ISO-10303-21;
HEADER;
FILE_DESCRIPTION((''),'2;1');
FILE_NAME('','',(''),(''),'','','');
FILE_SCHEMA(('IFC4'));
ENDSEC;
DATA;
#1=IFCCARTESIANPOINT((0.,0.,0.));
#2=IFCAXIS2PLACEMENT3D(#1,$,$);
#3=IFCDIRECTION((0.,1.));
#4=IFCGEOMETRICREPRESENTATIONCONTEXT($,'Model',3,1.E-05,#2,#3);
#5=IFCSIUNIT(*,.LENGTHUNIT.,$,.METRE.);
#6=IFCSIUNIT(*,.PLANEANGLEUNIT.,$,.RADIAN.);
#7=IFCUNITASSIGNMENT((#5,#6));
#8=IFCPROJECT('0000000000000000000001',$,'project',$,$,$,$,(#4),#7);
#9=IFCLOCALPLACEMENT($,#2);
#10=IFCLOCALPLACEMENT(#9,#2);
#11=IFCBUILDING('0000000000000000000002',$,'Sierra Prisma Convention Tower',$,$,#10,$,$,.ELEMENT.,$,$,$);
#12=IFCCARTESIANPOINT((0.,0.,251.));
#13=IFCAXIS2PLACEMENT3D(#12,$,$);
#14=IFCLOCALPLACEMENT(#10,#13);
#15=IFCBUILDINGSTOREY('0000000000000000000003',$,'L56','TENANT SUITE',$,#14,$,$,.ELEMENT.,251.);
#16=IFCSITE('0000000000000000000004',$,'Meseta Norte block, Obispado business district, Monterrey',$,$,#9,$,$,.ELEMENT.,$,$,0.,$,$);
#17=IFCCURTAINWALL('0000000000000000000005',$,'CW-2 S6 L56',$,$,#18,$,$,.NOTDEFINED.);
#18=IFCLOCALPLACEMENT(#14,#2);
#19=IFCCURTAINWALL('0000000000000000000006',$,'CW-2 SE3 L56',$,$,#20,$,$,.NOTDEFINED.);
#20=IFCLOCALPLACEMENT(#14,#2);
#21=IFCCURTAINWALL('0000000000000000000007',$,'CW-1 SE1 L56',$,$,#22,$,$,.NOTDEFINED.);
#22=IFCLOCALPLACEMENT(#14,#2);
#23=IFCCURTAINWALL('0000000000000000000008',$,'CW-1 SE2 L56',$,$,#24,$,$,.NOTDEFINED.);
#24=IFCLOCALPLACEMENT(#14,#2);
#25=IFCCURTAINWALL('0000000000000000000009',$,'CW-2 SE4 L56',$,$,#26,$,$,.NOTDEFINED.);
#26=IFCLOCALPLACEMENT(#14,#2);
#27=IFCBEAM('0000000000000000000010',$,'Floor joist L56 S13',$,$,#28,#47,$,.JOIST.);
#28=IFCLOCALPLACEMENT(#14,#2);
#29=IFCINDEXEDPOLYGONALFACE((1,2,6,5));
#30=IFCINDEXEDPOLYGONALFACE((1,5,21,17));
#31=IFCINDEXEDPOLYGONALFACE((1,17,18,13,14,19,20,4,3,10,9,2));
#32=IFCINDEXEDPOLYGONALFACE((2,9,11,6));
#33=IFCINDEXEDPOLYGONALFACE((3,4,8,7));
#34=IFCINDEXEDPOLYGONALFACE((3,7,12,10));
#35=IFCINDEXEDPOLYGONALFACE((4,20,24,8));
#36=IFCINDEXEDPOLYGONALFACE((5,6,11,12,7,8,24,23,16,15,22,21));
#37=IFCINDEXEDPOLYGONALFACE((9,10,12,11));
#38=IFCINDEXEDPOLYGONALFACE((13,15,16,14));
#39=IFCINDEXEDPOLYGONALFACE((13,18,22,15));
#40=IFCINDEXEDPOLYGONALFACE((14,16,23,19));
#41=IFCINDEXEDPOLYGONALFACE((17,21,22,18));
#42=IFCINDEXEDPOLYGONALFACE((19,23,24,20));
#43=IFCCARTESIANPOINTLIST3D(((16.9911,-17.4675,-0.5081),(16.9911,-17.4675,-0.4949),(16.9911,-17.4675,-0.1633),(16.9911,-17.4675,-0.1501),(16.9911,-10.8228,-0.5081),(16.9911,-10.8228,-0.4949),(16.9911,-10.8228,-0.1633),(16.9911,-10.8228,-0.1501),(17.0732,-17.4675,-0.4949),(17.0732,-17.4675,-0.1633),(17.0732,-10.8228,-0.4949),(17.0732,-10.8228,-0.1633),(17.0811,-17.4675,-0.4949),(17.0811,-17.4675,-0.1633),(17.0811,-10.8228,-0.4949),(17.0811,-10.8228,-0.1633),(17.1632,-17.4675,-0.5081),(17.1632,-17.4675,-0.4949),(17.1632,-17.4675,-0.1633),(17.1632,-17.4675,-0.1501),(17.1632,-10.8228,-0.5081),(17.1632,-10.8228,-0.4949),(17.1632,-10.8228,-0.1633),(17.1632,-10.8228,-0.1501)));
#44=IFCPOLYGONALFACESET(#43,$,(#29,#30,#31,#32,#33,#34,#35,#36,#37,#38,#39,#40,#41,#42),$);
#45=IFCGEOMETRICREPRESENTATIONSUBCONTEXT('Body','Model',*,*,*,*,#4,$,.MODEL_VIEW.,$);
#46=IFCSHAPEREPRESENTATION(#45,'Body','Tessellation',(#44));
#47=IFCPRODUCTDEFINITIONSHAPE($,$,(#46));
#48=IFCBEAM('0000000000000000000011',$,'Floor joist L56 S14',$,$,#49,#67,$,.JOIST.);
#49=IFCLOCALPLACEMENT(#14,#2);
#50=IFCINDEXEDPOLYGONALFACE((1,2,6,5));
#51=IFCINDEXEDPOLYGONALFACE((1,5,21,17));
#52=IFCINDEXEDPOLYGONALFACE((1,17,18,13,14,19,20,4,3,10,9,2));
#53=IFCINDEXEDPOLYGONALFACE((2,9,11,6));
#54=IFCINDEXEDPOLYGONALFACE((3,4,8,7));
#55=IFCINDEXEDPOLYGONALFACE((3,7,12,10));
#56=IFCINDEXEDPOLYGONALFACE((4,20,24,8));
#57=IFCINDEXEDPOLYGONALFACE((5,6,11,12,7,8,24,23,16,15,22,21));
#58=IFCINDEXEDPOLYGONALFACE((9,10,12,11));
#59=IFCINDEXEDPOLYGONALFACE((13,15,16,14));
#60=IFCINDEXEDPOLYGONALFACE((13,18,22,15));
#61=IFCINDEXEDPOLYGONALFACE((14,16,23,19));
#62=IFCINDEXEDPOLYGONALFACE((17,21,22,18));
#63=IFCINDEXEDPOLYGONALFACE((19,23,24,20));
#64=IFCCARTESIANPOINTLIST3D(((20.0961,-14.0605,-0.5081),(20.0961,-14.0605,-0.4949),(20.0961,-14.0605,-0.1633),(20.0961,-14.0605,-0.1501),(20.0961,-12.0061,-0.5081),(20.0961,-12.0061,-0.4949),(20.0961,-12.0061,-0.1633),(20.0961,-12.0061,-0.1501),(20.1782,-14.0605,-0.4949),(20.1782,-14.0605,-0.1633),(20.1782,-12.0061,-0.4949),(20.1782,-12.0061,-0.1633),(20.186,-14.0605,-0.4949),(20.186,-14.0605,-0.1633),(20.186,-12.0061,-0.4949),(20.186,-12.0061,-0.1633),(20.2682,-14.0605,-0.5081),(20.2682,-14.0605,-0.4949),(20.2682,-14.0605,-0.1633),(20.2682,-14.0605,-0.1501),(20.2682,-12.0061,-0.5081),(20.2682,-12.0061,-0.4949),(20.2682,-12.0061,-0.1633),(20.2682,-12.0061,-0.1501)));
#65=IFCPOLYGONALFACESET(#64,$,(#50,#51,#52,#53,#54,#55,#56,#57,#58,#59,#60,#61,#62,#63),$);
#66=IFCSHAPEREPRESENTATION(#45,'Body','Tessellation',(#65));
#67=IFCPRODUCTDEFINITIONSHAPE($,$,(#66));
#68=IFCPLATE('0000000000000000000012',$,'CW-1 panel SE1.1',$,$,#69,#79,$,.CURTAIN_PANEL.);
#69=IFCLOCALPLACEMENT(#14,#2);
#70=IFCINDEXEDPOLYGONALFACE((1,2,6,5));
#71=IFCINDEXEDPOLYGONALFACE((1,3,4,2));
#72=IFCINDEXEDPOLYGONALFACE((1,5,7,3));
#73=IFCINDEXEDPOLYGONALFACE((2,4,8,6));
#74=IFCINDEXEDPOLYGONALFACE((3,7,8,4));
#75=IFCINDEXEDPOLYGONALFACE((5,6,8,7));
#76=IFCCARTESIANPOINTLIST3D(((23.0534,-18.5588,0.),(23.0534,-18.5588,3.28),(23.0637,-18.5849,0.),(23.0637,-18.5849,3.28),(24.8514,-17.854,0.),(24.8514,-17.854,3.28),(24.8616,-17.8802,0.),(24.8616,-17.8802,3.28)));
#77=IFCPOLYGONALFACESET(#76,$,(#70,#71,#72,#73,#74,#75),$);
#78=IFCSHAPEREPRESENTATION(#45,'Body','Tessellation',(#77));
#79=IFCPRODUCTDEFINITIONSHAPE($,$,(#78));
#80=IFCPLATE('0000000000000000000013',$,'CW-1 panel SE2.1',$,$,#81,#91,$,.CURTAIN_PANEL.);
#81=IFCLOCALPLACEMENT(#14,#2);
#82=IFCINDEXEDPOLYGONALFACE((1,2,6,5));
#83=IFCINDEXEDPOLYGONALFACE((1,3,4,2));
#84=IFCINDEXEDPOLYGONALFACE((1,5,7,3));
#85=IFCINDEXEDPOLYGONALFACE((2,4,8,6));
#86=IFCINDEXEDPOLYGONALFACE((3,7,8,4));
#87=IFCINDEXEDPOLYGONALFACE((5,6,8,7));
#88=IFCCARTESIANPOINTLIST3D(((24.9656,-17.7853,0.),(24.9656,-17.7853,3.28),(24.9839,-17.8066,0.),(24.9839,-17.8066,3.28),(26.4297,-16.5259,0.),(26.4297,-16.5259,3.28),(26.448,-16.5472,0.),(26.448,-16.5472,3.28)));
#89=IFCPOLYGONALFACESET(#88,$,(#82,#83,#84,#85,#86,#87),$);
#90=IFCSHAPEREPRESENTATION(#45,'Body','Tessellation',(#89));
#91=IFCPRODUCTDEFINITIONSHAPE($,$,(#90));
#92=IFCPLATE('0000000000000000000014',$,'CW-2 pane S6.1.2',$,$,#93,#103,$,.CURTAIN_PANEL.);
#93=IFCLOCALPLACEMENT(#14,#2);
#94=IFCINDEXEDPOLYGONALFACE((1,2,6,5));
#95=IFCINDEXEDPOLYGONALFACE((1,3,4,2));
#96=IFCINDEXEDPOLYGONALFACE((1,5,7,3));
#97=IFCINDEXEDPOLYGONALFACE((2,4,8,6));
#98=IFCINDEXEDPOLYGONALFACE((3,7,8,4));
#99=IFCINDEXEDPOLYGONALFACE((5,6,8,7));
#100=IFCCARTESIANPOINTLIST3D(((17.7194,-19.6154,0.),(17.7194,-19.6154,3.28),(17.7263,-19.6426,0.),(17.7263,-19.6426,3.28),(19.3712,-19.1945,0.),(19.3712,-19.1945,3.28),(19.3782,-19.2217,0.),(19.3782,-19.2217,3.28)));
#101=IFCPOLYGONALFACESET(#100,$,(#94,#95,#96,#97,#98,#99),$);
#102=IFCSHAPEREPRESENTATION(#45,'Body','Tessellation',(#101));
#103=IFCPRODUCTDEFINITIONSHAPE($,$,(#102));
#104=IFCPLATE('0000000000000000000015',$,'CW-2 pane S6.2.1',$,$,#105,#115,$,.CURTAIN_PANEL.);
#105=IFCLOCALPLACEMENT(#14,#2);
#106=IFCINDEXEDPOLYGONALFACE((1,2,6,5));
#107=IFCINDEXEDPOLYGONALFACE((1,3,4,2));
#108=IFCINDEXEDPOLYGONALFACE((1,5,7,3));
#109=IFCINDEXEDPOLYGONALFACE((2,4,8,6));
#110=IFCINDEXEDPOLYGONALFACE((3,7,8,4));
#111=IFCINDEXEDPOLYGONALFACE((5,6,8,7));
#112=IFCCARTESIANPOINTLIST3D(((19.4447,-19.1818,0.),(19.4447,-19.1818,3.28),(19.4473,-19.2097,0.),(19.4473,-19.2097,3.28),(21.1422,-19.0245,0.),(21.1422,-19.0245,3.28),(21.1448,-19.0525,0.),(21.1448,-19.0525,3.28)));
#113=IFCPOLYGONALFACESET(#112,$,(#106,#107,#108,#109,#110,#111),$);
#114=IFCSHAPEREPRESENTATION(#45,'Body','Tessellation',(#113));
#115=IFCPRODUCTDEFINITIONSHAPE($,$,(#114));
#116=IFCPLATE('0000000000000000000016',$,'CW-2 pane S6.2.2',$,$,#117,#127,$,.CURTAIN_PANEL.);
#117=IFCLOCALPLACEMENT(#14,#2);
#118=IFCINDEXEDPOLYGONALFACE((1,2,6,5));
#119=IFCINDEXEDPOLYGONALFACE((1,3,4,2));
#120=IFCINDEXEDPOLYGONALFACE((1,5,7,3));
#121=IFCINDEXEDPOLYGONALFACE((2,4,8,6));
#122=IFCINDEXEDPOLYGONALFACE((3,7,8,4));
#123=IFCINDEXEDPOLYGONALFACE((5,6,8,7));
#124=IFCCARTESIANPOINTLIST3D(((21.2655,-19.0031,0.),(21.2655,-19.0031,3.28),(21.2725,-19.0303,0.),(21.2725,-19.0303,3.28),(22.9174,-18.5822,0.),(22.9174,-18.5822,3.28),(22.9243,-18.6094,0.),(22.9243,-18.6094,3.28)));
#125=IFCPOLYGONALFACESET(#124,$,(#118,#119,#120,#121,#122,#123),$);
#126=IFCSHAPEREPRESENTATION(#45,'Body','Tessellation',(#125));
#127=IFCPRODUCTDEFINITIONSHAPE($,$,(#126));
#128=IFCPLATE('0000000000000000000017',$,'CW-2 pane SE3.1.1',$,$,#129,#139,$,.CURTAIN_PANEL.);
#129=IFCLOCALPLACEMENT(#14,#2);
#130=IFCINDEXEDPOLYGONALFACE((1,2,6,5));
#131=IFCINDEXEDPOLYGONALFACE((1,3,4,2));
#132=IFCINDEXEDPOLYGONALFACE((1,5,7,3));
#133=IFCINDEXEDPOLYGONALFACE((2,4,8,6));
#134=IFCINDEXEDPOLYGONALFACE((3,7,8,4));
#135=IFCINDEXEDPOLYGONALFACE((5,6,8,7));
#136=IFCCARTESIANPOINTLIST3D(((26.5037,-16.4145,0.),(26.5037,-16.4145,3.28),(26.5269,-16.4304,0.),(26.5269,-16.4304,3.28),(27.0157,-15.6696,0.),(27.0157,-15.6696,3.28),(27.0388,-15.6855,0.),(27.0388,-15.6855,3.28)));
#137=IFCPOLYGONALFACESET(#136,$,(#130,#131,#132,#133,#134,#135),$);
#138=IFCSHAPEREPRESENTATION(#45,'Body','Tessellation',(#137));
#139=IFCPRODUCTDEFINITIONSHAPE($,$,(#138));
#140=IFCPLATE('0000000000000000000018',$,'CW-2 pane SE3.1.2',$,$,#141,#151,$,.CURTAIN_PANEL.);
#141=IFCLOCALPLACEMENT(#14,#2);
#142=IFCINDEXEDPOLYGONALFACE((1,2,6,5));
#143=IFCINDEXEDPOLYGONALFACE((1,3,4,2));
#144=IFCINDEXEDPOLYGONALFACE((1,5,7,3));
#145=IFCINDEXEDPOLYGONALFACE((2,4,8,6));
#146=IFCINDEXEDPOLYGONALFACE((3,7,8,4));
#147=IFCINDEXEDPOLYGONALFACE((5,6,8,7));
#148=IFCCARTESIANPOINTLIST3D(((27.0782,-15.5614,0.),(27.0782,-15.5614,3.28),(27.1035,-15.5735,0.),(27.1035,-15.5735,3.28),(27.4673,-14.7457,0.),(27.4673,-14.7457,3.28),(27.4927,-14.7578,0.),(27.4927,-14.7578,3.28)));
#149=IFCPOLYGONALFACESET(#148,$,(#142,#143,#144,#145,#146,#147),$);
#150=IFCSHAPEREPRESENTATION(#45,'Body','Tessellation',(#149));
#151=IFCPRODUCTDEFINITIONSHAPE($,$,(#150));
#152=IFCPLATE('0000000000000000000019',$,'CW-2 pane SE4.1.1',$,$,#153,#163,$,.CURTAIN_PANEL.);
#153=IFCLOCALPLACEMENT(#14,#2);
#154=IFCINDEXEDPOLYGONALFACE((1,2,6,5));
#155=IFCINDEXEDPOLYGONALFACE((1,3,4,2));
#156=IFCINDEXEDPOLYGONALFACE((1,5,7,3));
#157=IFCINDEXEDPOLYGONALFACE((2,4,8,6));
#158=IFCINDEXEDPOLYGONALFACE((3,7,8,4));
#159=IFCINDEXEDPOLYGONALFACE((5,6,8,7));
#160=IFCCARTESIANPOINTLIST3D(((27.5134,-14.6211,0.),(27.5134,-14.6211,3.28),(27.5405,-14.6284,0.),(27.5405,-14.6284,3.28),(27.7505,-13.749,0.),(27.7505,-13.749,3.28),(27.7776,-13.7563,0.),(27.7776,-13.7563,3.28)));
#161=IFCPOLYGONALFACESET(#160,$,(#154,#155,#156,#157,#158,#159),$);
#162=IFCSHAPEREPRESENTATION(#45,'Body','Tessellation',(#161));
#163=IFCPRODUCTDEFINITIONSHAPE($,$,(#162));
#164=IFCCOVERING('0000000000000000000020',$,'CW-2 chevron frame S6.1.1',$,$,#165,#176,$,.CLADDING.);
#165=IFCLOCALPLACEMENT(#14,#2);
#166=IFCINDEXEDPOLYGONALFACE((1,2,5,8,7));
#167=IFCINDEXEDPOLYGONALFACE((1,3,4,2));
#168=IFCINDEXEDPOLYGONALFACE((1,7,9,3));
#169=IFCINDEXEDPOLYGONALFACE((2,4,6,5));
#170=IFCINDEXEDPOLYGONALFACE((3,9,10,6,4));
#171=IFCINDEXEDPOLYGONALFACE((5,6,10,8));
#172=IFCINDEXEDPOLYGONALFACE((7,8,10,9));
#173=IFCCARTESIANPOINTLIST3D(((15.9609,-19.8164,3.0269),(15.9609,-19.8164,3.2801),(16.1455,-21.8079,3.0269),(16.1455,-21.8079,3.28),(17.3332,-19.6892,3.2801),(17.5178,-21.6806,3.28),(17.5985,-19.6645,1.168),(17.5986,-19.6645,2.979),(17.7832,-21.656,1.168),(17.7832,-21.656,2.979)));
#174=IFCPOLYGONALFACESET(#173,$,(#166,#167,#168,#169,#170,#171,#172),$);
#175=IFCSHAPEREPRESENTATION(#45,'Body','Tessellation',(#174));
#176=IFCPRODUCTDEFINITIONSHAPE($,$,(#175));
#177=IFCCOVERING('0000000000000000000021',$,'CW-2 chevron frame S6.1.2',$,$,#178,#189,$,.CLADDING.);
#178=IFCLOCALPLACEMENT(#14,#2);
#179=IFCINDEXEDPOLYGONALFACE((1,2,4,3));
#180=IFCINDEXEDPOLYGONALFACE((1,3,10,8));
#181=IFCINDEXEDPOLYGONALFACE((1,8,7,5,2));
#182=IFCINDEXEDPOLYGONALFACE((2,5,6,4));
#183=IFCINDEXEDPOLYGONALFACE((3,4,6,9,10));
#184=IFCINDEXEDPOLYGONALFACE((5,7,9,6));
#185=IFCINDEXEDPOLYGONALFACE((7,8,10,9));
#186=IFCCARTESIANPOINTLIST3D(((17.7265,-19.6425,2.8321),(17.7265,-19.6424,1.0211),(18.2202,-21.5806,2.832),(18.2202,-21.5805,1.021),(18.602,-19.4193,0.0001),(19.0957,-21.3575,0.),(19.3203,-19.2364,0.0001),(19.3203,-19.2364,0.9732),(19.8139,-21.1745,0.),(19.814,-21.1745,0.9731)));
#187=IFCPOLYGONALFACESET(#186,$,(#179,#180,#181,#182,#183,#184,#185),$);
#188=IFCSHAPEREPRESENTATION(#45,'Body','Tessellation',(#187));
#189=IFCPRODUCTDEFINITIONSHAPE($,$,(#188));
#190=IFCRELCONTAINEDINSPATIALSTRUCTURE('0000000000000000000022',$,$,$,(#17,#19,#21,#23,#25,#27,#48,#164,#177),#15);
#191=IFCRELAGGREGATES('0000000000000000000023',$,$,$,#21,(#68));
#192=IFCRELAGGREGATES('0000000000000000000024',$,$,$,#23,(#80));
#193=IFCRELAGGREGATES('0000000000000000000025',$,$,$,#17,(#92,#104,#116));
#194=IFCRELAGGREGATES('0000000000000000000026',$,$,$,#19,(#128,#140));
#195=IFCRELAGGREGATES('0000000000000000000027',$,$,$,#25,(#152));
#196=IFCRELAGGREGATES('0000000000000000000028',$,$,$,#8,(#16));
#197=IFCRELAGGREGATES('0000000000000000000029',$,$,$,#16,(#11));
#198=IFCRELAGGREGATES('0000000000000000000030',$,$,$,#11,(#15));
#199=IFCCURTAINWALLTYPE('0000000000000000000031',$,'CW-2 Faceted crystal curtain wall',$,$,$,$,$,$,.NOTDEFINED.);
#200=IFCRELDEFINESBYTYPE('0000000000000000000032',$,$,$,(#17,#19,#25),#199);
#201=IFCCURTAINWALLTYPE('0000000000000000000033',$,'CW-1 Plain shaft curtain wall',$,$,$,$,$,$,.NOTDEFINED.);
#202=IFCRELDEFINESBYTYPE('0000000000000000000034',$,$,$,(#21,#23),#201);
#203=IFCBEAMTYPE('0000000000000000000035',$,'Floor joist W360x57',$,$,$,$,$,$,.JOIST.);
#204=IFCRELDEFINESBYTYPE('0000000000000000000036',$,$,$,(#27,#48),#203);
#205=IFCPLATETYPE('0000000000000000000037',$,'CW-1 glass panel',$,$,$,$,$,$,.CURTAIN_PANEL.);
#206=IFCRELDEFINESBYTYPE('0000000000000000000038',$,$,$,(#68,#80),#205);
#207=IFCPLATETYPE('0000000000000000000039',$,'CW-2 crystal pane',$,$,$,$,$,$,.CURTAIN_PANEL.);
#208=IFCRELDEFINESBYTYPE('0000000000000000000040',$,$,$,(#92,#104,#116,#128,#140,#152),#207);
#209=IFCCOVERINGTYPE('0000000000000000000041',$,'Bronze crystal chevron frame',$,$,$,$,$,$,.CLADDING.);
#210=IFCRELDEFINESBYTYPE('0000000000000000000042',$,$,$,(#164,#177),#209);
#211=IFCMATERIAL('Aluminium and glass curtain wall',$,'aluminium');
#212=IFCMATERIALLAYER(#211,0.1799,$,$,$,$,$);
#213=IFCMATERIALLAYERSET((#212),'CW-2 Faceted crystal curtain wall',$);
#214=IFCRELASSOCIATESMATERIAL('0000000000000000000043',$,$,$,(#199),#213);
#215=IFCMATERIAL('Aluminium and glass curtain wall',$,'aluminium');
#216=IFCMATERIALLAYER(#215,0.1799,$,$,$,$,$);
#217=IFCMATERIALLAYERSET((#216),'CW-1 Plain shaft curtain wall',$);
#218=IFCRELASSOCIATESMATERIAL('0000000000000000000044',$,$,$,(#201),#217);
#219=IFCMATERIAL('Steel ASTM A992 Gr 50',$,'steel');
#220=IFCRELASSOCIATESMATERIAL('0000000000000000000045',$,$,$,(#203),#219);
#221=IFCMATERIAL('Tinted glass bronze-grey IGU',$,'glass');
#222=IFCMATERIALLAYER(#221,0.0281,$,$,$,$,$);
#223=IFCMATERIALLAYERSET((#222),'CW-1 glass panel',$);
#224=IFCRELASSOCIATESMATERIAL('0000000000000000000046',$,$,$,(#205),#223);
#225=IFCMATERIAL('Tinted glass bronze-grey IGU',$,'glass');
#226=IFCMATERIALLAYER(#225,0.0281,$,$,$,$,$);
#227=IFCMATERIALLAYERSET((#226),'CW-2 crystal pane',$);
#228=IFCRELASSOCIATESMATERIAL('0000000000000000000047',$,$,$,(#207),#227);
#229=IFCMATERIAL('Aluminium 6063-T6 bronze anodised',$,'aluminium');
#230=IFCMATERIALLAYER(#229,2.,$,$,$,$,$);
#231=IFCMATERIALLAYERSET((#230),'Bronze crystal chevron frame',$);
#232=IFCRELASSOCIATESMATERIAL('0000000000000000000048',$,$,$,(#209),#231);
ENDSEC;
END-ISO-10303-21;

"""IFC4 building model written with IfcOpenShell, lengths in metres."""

from ifc_helpers import new_model, si_unit, direction, frame, origin, origin_2d, place, context, subcontext, project, spatial, polyline, rectangle, i_section, outline, extrude, material, layer, layer_set, material_profile, profile_set, type_object, element, aggregate, save


model = new_model("IFC4")

# Units and contexts
model_context = context("Model", 3, precision=1e-05, world=origin(), true_north=direction((0.0, 1.0)))
body_context = subcontext(model_context, "Body", "Model", "MODEL_VIEW")
ifc_project = project(units=[si_unit("LENGTHUNIT", "METRE"), si_unit("PLANEANGLEUNIT", "RADIAN")], contexts=[model_context])

# Site, building, storey
site_placement = place(None, origin())
site = spatial("IfcSite", under=ifc_project, at=site_placement, Name="Meseta Norte block, Obispado business district, Monterrey", CompositionType="ELEMENT", RefElevation=0.0)
building_placement = place(site_placement, origin())
building = spatial("IfcBuilding", under=site, at=building_placement, Name="Sierra Prisma Convention Tower", CompositionType="ELEMENT")
storey_placement = place(building_placement, frame((0.0, 0.0, 251.0)))
storey = spatial("IfcBuildingStorey", under=building, at=storey_placement, Name="L56", Description="TENANT SUITE", CompositionType="ELEMENT", Elevation=251.0)

# Curtain wall
ifc_material_1 = material(Name="Aluminium and glass curtain wall", Category="aluminium")
ifc_layer_1 = layer(ifc_material_1, 0.1799)
ifc_layer_set_1 = layer_set([ifc_layer_1], Name="CW-2 Faceted crystal curtain wall")
curtain_wall_type_1 = type_object("IfcCurtainWallType", Name="CW-2 Faceted crystal curtain wall", PredefinedType="NOTDEFINED", material=ifc_layer_set_1)
curtain_wall_1_placement = place(storey_placement, origin())
curtain_wall_1 = element("IfcCurtainWall", 1, at=curtain_wall_1_placement, inside=storey, type_object=curtain_wall_type_1, Name="CW-2 S6 L56", PredefinedType="NOTDEFINED")

# Curtain wall
curtain_wall_2_placement = place(storey_placement, origin())
curtain_wall_2 = element("IfcCurtainWall", 2, at=curtain_wall_2_placement, inside=storey, type_object=curtain_wall_type_1, Name="CW-2 SE3 L56", PredefinedType="NOTDEFINED")

# Curtain walls
ifc_material_2 = material(Name="Aluminium and glass curtain wall", Category="aluminium")
ifc_layer_2 = layer(ifc_material_2, 0.1799)
ifc_layer_set_2 = layer_set([ifc_layer_2], Name="CW-1 Plain shaft curtain wall")
curtain_wall_type_2 = type_object("IfcCurtainWallType", Name="CW-1 Plain shaft curtain wall", PredefinedType="NOTDEFINED", material=ifc_layer_set_2)
curtain_wall_3_placement = place(storey_placement, origin())
curtain_wall_3 = element("IfcCurtainWall", 3, at=curtain_wall_3_placement, inside=storey, type_object=curtain_wall_type_2, Name="CW-1 SE1 L56", PredefinedType="NOTDEFINED")
curtain_wall_4_placement = place(storey_placement, origin())
curtain_wall_4 = element("IfcCurtainWall", 4, at=curtain_wall_4_placement, inside=storey, type_object=curtain_wall_type_2, Name="CW-1 SE2 L56", PredefinedType="NOTDEFINED")

# Curtain wall
curtain_wall_5_placement = place(storey_placement, origin())
curtain_wall_5 = element("IfcCurtainWall", 5, at=curtain_wall_5_placement, inside=storey, type_object=curtain_wall_type_1, Name="CW-2 SE4 L56", PredefinedType="NOTDEFINED")

# Beams
ifc_material_3 = material(Name="Steel ASTM A992 Gr 50", Category="steel")
ifc_material_profile_1 = material_profile(ifc_material_3, i_section(OverallWidth=0.1721, OverallDepth=0.3579, WebThickness=0.0078, FlangeThickness=0.0132, at=origin_2d()), Name="W360x57")
ifc_profile_set_1 = profile_set([ifc_material_profile_1], Name="Steel ASTM A992 Gr 50")
beam_type = type_object("IfcBeamType", Name="Floor joist W360x57", PredefinedType="JOIST", material=ifc_profile_set_1)
beam_1_placement = place(storey_placement, frame((17.0771, -17.4675, -0.3291), z_axis=(0.0, 1.0, 0.0), x_axis=(-1.0, 0.0, 0.0)))
element("IfcBeam", 6, at=beam_1_placement, inside=storey, type_object=beam_type, Name="Floor joist L56 S13", PredefinedType="JOIST", context=body_context, shape_type="SweptSolid", body=[
    extrude(i_section(OverallWidth=0.1721, OverallDepth=0.3579, WebThickness=0.0078, FlangeThickness=0.0132, at=origin_2d()), origin(), (0.0, 0.0, 1.0), 6.6448),
])
beam_2_placement = place(storey_placement, frame((20.1821, -14.0605, -0.3291), z_axis=(0.0, 1.0, 0.0), x_axis=(-1.0, 0.0, 0.0)))
element("IfcBeam", 7, at=beam_2_placement, inside=storey, type_object=beam_type, Name="Floor joist L56 S14", PredefinedType="JOIST", context=body_context, shape_type="SweptSolid", body=[
    extrude(i_section(OverallWidth=0.1721, OverallDepth=0.3579, WebThickness=0.0078, FlangeThickness=0.0132, at=origin_2d()), origin(), (0.0, 0.0, 1.0), 2.0544),
])

# Plates
ifc_material_4 = material(Name="Tinted glass bronze-grey IGU", Category="glass")
ifc_layer_3 = layer(ifc_material_4, 0.0281)
ifc_layer_set_3 = layer_set([ifc_layer_3], Name="CW-1 glass panel")
plate_type_1 = type_object("IfcPlateType", Name="CW-1 glass panel", PredefinedType="CURTAIN_PANEL", material=ifc_layer_set_3)
plate_1_placement = place(storey_placement, frame((23.9575, -18.2195, 0.0), z_axis=(0.0, 0.0, 1.0), x_axis=(0.931036, 0.364926, 0.0)))
plate_1 = element("IfcPlate", 8, at=plate_1_placement, type_object=plate_type_1, Name="CW-1 panel SE1.1", PredefinedType="CURTAIN_PANEL", context=body_context, shape_type="SweptSolid", body=[
    extrude(rectangle(XDim=1.9312, YDim=0.0281, at=origin_2d()), origin(), (0.0, 0.0, 1.0), 3.28),
])
aggregate(curtain_wall_3, [plate_1])
plate_2_placement = place(storey_placement, frame((25.7068, -17.1663, 0.0), z_axis=(0.0, 0.0, 1.0), x_axis=(0.758117, 0.652119, 0.0)))
plate_2 = element("IfcPlate", 9, at=plate_2_placement, type_object=plate_type_1, Name="CW-1 panel SE2.1", PredefinedType="CURTAIN_PANEL", context=body_context, shape_type="SweptSolid", body=[
    extrude(rectangle(XDim=1.9312, YDim=0.0281, at=origin_2d()), origin(), (0.0, 0.0, 1.0), 3.28),
])
aggregate(curtain_wall_4, [plate_2])
ifc_material_5 = material(Name="Tinted glass bronze-grey IGU", Category="glass")
ifc_layer_4 = layer(ifc_material_5, 0.0281)
ifc_layer_set_4 = layer_set([ifc_layer_4], Name="CW-2 crystal pane")
plate_type_2 = type_object("IfcPlateType", Name="CW-2 crystal pane", PredefinedType="CURTAIN_PANEL", material=ifc_layer_set_4)
plate_3_placement = place(storey_placement, frame((19.3782, -19.2217, 0.0), z_axis=(0.246914, -0.969037, 0.0), x_axis=(-0.969037, -0.246914, 0.0)))
plate_3 = element("IfcPlate", 10, at=plate_3_placement, type_object=plate_type_2, Name="CW-2 pane S6.1.2", PredefinedType="CURTAIN_PANEL", context=body_context, shape_type="SweptSolid", body=[
    extrude(outline(polyline([(0.0, 0.0), (1.7046, 0.0), (1.7046, -3.28), (0.0, -3.28), (0.0, 0.0)])), origin(), (0.0, 0.0, -1.0), 0.0281),
])
plate_4_placement = place(storey_placement, frame((19.4473, -19.2097, 0.0), z_axis=(0.092227, -0.995738, 0.0), x_axis=(0.995738, 0.092227, 0.0)))
plate_4 = element("IfcPlate", 11, at=plate_4_placement, type_object=plate_type_2, Name="CW-2 pane S6.2.1", PredefinedType="CURTAIN_PANEL", context=body_context, shape_type="SweptSolid", body=[
    extrude(outline(polyline([(0.0, 0.0), (1.7048, 0.0), (1.7048, 3.28), (0.0, 3.28), (0.0, 0.0)])), origin(), (0.0, 0.0, -1.0), 0.0281),
])
plate_5_placement = place(storey_placement, frame((22.9243, -18.6094, 0.0), z_axis=(0.246914, -0.969037, 0.0), x_axis=(-0.969037, -0.246914, 0.0)))
plate_5 = element("IfcPlate", 12, at=plate_5_placement, type_object=plate_type_2, Name="CW-2 pane S6.2.2", PredefinedType="CURTAIN_PANEL", context=body_context, shape_type="SweptSolid", body=[
    extrude(outline(polyline([(0.0, 0.0), (1.7046, 0.0), (1.7046, -3.28), (0.0, -3.28), (0.0, 0.0)])), origin(), (0.0, 0.0, -1.0), 0.0281),
])
aggregate(curtain_wall_1, [plate_3, plate_4, plate_5])
plate_6_placement = place(storey_placement, frame((26.5269, -16.4304, 0.0), z_axis=(0.824113, -0.566426, 0.0), x_axis=(0.566426, 0.824113, 0.0)))
plate_6 = element("IfcPlate", 13, at=plate_6_placement, type_object=plate_type_2, Name="CW-2 pane SE3.1.1", PredefinedType="CURTAIN_PANEL", context=body_context, shape_type="SweptSolid", body=[
    extrude(outline(polyline([(0.0, 0.0), (0.9038, 0.0), (0.9038, 3.28), (0.0, 3.28), (0.0, 0.0)])), origin(), (0.0, 0.0, -1.0), 0.0281),
])
plate_7_placement = place(storey_placement, frame((27.4927, -14.7578, 0.0), z_axis=(0.902541, -0.430605, 0.0), x_axis=(-0.430605, -0.902541, 0.0)))
plate_7 = element("IfcPlate", 14, at=plate_7_placement, type_object=plate_type_2, Name="CW-2 pane SE3.1.2", PredefinedType="CURTAIN_PANEL", context=body_context, shape_type="SweptSolid", body=[
    extrude(outline(polyline([(0.0, 0.0), (0.9038, 0.0), (0.9038, -3.28), (0.0, -3.28), (0.0, 0.0)])), origin(), (0.0, 0.0, -1.0), 0.0281),
])
aggregate(curtain_wall_2, [plate_6, plate_7])
plate_8_placement = place(storey_placement, frame((27.5405, -14.6284, 0.0), z_axis=(0.964982, -0.262317, 0.0), x_axis=(0.262317, 0.964982, 0.0)))
plate_8 = element("IfcPlate", 15, at=plate_8_placement, type_object=plate_type_2, Name="CW-2 pane SE4.1.1", PredefinedType="CURTAIN_PANEL", context=body_context, shape_type="SweptSolid", body=[
    extrude(outline(polyline([(0.0, 0.0), (0.9037, 0.0), (0.9037, 3.28), (0.0, 3.28), (0.0, 0.0)])), origin(), (0.0, 0.0, -1.0), 0.0281),
])
aggregate(curtain_wall_5, [plate_8])

# Coverings
ifc_material_6 = material(Name="Aluminium 6063-T6 bronze anodised", Category="aluminium")
ifc_layer_5 = layer(ifc_material_6, 2.0)
ifc_layer_set_5 = layer_set([ifc_layer_5], Name="Bronze crystal chevron frame")
covering_type = type_object("IfcCoveringType", Name="Bronze crystal chevron frame", PredefinedType="CLADDING", material=ifc_layer_set_5)
covering_1_placement = place(storey_placement, frame((16.1455, -21.8079, 3.28), z_axis=(0.092325, -0.995729, -0.000022), x_axis=(-0.000002, 0.000022, -1.0)))
element("IfcCovering", 16, at=covering_1_placement, inside=storey, type_object=covering_type, Name="CW-2 chevron frame S6.1.1", PredefinedType="CLADDING", context=body_context, shape_type="SweptSolid", body=[
    extrude(outline(polyline([(0.0, 0.0), (0.2532, 0.0), (2.1121, 1.6447), (0.301, 1.6447), (0.0, 1.3782), (0.0, 0.0)])), origin(), (0.0, 0.0, -1.0), 2.0),
])
covering_2_placement = place(storey_placement, frame((18.2202, -21.5806, 2.832), z_axis=(0.246844, -0.969055, -0.000034), x_axis=(-0.000008, 0.000033, -1.0)))
element("IfcCovering", 17, at=covering_2_placement, inside=storey, type_object=covering_type, Name="CW-2 chevron frame S6.1.2", PredefinedType="CLADDING", context=body_context, shape_type="SweptSolid", body=[
    extrude(outline(polyline([(0.0, 0.0), (1.811, 0.0), (2.832, 0.9035), (2.832, 1.6447), (1.8589, 1.6447), (0.0, 0.0)])), origin(), (0.0, 0.0, -1.0), 2.0),
])

save(model, "model.ifc")
